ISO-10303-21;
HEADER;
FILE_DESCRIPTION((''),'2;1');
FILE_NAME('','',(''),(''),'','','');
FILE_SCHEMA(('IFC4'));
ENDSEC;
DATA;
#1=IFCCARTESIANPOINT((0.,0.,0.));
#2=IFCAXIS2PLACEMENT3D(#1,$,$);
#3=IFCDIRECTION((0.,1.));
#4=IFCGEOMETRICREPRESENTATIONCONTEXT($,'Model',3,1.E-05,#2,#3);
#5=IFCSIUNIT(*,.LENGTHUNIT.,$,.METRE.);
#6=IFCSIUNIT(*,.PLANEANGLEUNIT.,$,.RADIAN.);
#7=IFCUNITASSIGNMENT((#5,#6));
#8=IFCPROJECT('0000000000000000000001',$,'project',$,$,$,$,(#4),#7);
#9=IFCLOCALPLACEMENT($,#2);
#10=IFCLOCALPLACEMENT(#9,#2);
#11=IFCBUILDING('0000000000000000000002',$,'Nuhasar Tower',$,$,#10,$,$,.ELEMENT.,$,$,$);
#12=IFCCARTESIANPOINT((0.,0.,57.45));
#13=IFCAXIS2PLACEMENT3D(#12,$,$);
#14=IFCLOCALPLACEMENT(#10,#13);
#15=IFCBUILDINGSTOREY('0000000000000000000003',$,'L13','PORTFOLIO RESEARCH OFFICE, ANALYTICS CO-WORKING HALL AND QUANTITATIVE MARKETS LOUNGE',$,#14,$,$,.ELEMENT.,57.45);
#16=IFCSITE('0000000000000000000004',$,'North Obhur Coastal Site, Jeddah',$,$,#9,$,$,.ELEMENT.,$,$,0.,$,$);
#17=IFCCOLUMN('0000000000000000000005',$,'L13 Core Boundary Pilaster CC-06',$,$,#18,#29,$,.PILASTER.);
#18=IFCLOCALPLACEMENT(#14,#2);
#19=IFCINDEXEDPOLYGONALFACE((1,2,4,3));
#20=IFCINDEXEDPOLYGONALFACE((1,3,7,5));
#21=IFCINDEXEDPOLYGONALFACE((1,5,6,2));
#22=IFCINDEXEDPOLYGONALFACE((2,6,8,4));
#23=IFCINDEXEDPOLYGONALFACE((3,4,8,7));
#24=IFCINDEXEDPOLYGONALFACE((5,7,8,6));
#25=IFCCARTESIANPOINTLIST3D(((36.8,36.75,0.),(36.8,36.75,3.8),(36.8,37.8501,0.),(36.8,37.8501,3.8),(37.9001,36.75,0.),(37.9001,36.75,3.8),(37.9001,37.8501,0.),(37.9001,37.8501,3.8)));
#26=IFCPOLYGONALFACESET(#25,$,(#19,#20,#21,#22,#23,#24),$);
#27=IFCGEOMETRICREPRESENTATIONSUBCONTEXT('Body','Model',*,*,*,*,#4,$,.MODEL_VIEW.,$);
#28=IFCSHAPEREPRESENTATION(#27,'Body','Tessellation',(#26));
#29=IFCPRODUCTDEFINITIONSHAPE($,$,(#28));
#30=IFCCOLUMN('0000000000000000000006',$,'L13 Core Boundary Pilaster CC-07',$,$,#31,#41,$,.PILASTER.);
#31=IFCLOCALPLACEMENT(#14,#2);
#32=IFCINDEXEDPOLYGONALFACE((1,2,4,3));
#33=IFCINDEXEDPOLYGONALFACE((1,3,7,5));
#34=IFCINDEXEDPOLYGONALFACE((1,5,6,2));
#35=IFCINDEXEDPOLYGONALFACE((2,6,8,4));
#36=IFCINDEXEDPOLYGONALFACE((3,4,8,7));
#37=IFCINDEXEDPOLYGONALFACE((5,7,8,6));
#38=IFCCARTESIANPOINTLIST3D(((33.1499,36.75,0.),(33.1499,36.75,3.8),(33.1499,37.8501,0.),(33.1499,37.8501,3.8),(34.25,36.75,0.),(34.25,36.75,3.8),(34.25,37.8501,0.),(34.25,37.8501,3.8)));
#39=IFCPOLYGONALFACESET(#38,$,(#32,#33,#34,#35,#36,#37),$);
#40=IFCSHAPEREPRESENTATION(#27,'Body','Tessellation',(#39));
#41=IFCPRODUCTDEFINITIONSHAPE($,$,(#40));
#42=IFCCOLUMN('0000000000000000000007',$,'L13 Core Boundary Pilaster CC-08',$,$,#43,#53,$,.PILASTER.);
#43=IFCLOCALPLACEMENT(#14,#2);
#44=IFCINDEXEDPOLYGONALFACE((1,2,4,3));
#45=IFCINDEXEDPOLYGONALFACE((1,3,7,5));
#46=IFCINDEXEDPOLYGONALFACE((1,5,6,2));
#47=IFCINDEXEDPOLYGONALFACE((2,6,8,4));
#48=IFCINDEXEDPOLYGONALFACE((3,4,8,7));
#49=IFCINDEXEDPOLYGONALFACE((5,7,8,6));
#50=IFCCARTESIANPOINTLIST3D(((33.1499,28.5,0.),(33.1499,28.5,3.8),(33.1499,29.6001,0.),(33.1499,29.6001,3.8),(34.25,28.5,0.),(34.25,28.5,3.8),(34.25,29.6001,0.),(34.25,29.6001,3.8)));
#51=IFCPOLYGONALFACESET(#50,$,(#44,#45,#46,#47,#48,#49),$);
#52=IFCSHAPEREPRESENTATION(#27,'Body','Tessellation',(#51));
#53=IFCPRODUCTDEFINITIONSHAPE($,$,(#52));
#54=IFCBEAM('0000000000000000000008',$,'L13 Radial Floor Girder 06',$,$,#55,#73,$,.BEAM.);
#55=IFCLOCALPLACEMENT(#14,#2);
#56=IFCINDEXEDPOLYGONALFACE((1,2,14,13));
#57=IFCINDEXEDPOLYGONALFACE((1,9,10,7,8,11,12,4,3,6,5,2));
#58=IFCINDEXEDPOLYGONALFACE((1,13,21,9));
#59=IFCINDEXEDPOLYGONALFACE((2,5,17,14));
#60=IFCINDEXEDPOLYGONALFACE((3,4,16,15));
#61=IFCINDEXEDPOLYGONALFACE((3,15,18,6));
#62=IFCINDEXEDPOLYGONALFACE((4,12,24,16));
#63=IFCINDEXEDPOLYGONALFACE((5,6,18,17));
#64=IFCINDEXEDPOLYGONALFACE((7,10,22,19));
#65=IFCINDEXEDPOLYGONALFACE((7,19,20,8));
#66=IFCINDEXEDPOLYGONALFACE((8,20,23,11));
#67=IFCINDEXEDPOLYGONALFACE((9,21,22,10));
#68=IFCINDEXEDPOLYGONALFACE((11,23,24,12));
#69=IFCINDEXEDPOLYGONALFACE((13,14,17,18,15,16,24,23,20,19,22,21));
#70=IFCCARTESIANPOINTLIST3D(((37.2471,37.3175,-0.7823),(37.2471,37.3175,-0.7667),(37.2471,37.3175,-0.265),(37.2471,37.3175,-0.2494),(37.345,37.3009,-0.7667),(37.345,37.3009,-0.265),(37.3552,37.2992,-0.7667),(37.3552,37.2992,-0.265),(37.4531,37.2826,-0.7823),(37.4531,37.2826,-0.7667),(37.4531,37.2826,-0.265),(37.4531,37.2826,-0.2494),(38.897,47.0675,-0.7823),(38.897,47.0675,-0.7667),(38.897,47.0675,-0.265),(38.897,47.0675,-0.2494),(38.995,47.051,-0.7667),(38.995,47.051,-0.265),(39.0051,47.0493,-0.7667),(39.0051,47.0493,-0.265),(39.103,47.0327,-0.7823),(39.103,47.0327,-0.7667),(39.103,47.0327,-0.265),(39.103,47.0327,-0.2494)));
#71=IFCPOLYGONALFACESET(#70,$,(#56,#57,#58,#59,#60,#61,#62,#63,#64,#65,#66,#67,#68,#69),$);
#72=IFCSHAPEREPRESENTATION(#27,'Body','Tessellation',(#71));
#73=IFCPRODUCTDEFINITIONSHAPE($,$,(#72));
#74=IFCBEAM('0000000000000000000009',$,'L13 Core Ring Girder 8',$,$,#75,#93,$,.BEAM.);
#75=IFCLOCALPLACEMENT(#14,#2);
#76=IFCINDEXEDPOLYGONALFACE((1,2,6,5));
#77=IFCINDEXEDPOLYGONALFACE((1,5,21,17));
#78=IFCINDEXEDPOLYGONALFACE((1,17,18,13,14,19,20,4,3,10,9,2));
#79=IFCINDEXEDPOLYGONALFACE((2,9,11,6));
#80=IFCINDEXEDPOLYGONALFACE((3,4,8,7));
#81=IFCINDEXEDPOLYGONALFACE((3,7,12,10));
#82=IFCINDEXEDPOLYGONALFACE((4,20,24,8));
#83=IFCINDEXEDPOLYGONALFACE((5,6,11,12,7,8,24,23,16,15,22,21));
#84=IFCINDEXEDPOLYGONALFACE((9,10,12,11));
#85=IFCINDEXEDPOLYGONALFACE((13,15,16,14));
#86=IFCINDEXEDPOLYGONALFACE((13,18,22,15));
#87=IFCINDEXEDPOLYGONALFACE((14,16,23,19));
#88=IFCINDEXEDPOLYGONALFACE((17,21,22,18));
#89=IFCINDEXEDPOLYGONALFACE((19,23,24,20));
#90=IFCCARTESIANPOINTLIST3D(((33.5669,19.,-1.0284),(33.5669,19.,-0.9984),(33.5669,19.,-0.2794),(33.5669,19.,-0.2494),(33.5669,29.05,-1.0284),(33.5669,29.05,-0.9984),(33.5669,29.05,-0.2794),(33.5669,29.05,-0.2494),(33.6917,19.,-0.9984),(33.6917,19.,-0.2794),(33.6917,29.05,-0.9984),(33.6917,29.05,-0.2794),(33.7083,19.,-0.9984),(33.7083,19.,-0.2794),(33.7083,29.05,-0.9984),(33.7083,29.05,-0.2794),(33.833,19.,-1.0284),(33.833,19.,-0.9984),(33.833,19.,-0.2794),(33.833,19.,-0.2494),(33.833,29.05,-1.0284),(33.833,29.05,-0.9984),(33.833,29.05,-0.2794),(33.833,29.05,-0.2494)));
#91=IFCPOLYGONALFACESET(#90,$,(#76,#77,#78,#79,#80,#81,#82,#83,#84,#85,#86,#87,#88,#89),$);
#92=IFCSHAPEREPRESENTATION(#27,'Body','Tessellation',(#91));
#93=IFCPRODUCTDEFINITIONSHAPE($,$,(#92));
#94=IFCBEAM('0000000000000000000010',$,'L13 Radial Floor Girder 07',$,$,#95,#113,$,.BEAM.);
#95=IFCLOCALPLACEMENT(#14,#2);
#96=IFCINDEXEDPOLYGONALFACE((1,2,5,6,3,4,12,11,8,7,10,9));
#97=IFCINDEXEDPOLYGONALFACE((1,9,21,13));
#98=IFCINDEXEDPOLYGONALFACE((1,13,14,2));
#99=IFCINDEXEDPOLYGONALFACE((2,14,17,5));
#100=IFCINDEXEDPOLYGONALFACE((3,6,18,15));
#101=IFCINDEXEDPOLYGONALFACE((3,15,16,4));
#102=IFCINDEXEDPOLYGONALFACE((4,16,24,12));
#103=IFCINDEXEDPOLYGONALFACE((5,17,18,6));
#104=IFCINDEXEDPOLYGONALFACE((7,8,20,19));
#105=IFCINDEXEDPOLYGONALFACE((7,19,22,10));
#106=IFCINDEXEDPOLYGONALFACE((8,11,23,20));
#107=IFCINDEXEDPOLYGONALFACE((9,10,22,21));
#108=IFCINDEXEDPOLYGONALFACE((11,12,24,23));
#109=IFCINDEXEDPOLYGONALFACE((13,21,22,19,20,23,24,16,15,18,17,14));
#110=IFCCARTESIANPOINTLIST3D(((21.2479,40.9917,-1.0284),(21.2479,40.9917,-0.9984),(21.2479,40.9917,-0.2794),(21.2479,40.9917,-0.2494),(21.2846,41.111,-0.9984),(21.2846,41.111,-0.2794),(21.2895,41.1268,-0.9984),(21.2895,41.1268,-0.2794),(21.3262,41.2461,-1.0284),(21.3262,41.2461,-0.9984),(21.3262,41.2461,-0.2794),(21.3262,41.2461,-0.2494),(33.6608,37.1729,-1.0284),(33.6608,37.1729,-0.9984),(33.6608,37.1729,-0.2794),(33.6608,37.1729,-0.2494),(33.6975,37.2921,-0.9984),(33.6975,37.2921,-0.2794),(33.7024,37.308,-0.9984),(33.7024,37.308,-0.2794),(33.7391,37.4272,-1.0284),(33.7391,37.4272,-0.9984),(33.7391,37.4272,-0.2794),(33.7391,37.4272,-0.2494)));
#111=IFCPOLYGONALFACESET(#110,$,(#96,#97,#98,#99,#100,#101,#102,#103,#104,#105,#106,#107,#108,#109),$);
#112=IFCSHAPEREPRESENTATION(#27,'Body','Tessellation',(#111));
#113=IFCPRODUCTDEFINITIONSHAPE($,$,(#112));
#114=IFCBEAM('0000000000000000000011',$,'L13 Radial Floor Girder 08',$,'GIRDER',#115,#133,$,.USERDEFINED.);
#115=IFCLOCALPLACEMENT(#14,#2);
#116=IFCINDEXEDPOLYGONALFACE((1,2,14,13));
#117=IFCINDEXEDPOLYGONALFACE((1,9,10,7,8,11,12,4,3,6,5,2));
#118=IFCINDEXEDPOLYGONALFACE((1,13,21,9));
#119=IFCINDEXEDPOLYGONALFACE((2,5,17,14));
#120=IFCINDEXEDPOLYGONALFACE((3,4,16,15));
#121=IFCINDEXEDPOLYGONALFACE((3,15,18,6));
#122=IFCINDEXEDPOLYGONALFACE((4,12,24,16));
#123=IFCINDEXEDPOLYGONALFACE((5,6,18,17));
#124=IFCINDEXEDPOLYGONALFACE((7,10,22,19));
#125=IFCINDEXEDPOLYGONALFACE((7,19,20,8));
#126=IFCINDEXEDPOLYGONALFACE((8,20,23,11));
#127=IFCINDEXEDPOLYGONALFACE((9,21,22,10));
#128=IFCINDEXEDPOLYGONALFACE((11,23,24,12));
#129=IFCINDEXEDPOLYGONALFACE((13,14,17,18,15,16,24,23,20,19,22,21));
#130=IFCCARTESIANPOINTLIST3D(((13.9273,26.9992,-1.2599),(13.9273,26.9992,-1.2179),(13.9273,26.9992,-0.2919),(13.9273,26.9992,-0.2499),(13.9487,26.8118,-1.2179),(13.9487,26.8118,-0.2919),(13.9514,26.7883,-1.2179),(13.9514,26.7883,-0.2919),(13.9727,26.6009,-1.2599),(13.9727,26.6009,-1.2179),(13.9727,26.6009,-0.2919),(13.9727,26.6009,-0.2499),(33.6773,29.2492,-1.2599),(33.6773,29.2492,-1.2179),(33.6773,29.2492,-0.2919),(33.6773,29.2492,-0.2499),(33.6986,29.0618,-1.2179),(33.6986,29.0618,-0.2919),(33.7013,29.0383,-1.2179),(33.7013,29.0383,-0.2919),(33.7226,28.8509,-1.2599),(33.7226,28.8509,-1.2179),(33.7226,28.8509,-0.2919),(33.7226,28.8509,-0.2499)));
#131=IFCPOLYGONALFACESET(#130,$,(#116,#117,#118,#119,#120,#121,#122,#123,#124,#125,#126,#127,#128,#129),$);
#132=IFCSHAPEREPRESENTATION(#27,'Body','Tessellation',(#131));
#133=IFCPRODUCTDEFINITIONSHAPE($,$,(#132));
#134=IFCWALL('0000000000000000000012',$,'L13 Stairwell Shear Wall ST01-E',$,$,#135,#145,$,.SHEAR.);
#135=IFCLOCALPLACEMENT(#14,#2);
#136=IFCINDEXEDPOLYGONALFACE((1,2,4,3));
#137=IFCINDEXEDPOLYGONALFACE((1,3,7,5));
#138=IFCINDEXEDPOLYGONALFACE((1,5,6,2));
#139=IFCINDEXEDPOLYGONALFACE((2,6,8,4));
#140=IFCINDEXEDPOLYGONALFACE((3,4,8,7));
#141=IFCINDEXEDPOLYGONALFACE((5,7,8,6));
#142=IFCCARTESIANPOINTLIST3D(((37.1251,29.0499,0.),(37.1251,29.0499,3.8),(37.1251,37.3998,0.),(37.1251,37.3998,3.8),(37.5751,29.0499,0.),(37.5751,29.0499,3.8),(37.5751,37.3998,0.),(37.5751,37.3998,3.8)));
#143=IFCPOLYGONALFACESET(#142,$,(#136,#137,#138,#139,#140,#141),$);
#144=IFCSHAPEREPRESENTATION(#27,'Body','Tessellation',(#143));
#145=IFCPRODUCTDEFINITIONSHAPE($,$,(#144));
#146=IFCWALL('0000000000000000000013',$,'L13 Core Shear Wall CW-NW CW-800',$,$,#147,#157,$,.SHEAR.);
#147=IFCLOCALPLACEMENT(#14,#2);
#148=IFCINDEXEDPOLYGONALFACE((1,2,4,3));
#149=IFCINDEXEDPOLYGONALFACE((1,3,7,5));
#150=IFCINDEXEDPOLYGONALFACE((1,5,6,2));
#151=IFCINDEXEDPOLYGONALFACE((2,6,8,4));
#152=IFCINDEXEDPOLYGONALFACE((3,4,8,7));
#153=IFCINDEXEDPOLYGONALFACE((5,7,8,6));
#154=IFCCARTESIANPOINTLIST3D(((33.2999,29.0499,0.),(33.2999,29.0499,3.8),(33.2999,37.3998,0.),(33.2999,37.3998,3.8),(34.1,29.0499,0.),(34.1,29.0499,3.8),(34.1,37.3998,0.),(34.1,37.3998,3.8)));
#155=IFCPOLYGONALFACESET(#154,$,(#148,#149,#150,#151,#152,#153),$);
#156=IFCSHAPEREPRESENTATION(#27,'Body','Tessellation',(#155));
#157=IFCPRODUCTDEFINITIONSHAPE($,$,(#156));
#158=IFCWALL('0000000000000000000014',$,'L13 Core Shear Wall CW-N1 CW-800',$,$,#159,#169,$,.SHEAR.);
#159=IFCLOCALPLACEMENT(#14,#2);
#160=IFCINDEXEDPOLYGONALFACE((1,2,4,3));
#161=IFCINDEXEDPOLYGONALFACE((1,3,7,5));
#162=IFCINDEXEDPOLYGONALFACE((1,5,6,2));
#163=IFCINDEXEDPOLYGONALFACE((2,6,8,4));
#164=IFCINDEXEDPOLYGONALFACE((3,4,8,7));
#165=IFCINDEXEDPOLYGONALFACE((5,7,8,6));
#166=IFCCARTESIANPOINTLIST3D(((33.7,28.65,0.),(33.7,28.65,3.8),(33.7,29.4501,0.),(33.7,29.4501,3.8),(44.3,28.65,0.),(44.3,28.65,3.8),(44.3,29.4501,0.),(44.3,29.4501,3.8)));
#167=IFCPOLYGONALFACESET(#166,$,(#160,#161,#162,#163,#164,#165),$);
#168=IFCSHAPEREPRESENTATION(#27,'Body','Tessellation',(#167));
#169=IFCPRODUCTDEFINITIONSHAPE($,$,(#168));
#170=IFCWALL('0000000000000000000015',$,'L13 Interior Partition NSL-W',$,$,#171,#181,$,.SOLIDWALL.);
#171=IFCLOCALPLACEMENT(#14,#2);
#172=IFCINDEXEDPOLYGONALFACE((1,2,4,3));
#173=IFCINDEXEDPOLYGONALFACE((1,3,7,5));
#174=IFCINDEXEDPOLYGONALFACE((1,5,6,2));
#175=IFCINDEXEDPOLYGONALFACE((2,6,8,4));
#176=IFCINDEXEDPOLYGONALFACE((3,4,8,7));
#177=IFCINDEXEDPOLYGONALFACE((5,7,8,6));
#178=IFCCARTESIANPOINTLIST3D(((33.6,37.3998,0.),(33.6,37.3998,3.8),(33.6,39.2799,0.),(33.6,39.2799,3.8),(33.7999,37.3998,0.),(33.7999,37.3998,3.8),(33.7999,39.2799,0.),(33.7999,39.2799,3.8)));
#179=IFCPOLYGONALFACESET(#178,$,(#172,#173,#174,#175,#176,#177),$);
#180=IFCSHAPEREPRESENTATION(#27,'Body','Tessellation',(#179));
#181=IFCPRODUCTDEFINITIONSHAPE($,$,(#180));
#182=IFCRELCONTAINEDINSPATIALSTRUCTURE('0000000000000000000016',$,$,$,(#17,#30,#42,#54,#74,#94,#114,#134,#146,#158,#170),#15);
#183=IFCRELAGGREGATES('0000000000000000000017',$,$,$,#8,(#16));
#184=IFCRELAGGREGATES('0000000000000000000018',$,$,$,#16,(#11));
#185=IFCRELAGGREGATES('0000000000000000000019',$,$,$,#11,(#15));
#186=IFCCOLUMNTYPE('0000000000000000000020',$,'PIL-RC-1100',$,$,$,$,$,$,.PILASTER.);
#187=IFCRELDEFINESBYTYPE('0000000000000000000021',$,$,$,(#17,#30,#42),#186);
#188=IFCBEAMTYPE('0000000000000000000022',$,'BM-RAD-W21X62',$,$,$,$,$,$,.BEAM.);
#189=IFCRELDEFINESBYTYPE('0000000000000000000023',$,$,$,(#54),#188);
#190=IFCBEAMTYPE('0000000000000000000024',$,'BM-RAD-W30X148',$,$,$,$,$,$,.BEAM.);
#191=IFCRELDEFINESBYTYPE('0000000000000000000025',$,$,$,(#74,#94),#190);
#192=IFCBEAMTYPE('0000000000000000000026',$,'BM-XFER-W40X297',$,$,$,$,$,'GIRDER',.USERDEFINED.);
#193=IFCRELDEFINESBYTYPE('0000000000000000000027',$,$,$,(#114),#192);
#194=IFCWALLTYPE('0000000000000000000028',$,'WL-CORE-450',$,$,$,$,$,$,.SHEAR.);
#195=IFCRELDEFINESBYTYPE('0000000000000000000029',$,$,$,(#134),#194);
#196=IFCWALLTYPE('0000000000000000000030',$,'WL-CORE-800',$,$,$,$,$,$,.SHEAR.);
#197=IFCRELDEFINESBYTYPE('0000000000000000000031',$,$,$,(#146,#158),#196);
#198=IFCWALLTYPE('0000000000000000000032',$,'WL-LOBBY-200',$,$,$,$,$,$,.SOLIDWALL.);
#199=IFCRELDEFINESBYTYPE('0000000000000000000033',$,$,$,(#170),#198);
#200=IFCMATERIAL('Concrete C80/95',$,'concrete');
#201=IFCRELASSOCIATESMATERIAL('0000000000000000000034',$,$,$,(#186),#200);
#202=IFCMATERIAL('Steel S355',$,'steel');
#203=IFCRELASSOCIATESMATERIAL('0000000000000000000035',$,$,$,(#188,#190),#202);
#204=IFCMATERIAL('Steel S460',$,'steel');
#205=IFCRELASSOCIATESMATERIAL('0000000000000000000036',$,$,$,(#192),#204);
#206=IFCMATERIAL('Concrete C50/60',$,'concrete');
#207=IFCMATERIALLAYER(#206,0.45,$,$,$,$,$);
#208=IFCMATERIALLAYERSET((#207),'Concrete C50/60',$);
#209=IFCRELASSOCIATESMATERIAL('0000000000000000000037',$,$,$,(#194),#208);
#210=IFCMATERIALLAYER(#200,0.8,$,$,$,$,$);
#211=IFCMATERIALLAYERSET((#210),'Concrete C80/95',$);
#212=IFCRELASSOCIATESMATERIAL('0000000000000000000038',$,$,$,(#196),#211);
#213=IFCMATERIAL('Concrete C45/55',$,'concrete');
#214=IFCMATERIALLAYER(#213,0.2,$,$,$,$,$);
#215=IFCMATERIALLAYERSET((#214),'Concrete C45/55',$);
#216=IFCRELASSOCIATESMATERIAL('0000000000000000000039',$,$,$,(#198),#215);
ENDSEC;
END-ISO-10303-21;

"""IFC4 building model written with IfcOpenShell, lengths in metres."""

from ifc_helpers import new_model, si_unit, direction, frame, frame_2d, origin, origin_2d, place, context, subcontext, project, spatial, rectangle, i_section, extrude, material, layer, layer_set, material_profile, profile_set, type_object, element, save


model = new_model("IFC4")

# Units and contexts
model_context = context("Model", 3, precision=1e-05, world=origin(), true_north=direction((0.0, 1.0)))
body_context = subcontext(model_context, "Body", "Model", "MODEL_VIEW")
ifc_project = project(units=[si_unit("LENGTHUNIT", "METRE"), si_unit("PLANEANGLEUNIT", "RADIAN")], contexts=[model_context])

# Site, building, storey
site_placement = place(None, origin())
site = spatial("IfcSite", under=ifc_project, at=site_placement, Name="North Obhur Coastal Site, Jeddah", CompositionType="ELEMENT", RefElevation=0.0)
building_placement = place(site_placement, origin())
building = spatial("IfcBuilding", under=site, at=building_placement, Name="Nuhasar Tower", CompositionType="ELEMENT")
storey_placement = place(building_placement, frame((0.0, 0.0, 57.45)))
storey = spatial("IfcBuildingStorey", under=building, at=storey_placement, Name="L13", Description="PORTFOLIO RESEARCH OFFICE, ANALYTICS CO-WORKING HALL AND QUANTITATIVE MARKETS LOUNGE", CompositionType="ELEMENT", Elevation=57.45)

# Columns
ifc_material_1 = material(Name="Concrete C80/95", Category="concrete")
ifc_material_profile_1 = material_profile(ifc_material_1, rectangle(XDim=1.1001, YDim=1.1001, at=origin_2d()), Name="RC1100X1100")
ifc_profile_set_1 = profile_set([ifc_material_profile_1], Name="Concrete C80/95")
column_type = type_object("IfcColumnType", Name="PIL-RC-1100", PredefinedType="PILASTER", material=ifc_profile_set_1)
for number, where, z_axis, x_axis, name in (
    (1, (37.3501, 37.3, 0.0), (0.0, 0.0, 1.0), (1.0, 0.0, 0.0), "L13 Core Boundary Pilaster CC-06"),
    (2, (33.7, 37.3, 0.0), (0.0, 0.0, 1.0), (1.0, 0.0, 0.0), "L13 Core Boundary Pilaster CC-07"),
    (3, (33.7, 29.05, 0.0), (0.0, 0.0, 1.0), (1.0, 0.0, 0.0), "L13 Core Boundary Pilaster CC-08"),
):
    element("IfcColumn", number, at=place(storey_placement, frame(where, z_axis=z_axis, x_axis=x_axis)), inside=storey, type_object=column_type, Name=name, PredefinedType="PILASTER", context=body_context, shape_type="SweptSolid", body=[
        extrude(rectangle(XDim=1.1001, YDim=1.1001, at=origin_2d()), origin(), (0.0, 0.0, 1.0), 3.8),
    ])

# Beams
ifc_material_2 = material(Name="Steel S355", Category="steel")
ifc_material_profile_2 = material_profile(ifc_material_2, i_section(OverallWidth=0.209, OverallDepth=0.533, WebThickness=0.0103, FlangeThickness=0.0156, at=origin_2d()), Name="W21X62")
ifc_profile_set_2 = profile_set([ifc_material_profile_2], Name="Steel S355")
beam_type_1 = type_object("IfcBeamType", Name="BM-RAD-W21X62", PredefinedType="BEAM", material=ifc_profile_set_2)
beam_1_placement = place(storey_placement, frame((37.3501, 37.3, -0.5159), z_axis=(0.166849, 0.985983, 0.0), x_axis=(-0.985983, 0.166849, 0.0)))
element("IfcBeam", 4, at=beam_1_placement, inside=storey, type_object=beam_type_1, Name="L13 Radial Floor Girder 06", PredefinedType="BEAM", context=body_context, shape_type="SweptSolid", body=[
    extrude(i_section(OverallWidth=0.209, OverallDepth=0.533, WebThickness=0.0103, FlangeThickness=0.0156, at=origin_2d()), origin(), (0.0, 0.0, 1.0), 9.8887),
])
ifc_material_profile_3 = material_profile(ifc_material_2, i_section(OverallWidth=0.2661, OverallDepth=0.7791, WebThickness=0.0166, FlangeThickness=0.03, at=origin_2d()), Name="W30X148")
ifc_profile_set_3 = profile_set([ifc_material_profile_3], Name="Steel S355")
beam_type_2 = type_object("IfcBeamType", Name="BM-RAD-W30X148", PredefinedType="BEAM", material=ifc_profile_set_3)
beam_2_placement = place(storey_placement, frame((33.7, 29.05, -0.6389), z_axis=(0.0, -1.0, 0.0), x_axis=(1.0, 0.0, 0.0)))
element("IfcBeam", 5, at=beam_2_placement, inside=storey, type_object=beam_type_2, Name="L13 Core Ring Girder 8", PredefinedType="BEAM", context=body_context, shape_type="SweptSolid", body=[
    extrude(i_section(OverallWidth=0.2661, OverallDepth=0.7791, WebThickness=0.0166, FlangeThickness=0.03, at=origin_2d()), origin(), (0.0, 0.0, 1.0), 10.05),
])
beam_3_placement = place(storey_placement, frame((33.7, 37.3, -0.6389), z_axis=(-0.95579, 0.294052, 0.0), x_axis=(-0.294052, -0.95579, 0.0)))
element("IfcBeam", 6, at=beam_3_placement, inside=storey, type_object=beam_type_2, Name="L13 Radial Floor Girder 07", PredefinedType="BEAM", context=body_context, shape_type="SweptSolid", body=[
    extrude(i_section(OverallWidth=0.2661, OverallDepth=0.7791, WebThickness=0.0166, FlangeThickness=0.03, at=origin_2d()), origin(), (0.0, 0.0, 1.0), 12.9871),
])
ifc_material_3 = material(Name="Steel S460", Category="steel")
ifc_material_profile_4 = material_profile(ifc_material_3, i_section(OverallWidth=0.4009, OverallDepth=1.01, WebThickness=0.0237, FlangeThickness=0.042, at=origin_2d()), Name="W40X297")
ifc_profile_set_4 = profile_set([ifc_material_profile_4], Name="Steel S460")
beam_type_3 = type_object("IfcBeamType", Name="BM-XFER-W40X297", ElementType="GIRDER", PredefinedType="USERDEFINED", material=ifc_profile_set_4)
beam_4_placement = place(storey_placement, frame((33.7, 29.05, -0.7549), z_axis=(-0.993573, -0.113192, 0.0), x_axis=(0.113192, -0.993573, 0.0)))
element("IfcBeam", 7, at=beam_4_placement, inside=storey, type_object=beam_type_3, Name="L13 Radial Floor Girder 08", ObjectType="GIRDER", PredefinedType="USERDEFINED", context=body_context, shape_type="SweptSolid", body=[
    extrude(i_section(OverallWidth=0.4009, OverallDepth=1.01, WebThickness=0.0237, FlangeThickness=0.042, at=origin_2d()), origin(), (0.0, 0.0, 1.0), 19.8777),
])

# Shared definitions
ifc_material_4 = material(Name="Concrete C50/60", Category="concrete")
ifc_layer_1 = layer(ifc_material_4, 0.45)
ifc_layer_set_1 = layer_set([ifc_layer_1], Name="Concrete C50/60")
wall_type_1 = type_object("IfcWallType", Name="WL-CORE-450", PredefinedType="SHEAR", material=ifc_layer_set_1)

# Walls
wall_1_placement = place(storey_placement, frame((37.3501, 29.05, 0.0), z_axis=(0.0, 0.0, 1.0), x_axis=(0.0, 1.0, 0.0)))
element("IfcWall", 8, at=wall_1_placement, inside=storey, type_object=wall_type_1, Name="L13 Stairwell Shear Wall ST01-E", PredefinedType="SHEAR", context=body_context, shape_type="SweptSolid", body=[
    extrude(rectangle(XDim=8.3499, YDim=0.45, at=frame_2d((4.1748, 0.0))), origin(), (0.0, 0.0, 1.0), 3.8),
])
ifc_layer_2 = layer(ifc_material_1, 0.8)
ifc_layer_set_2 = layer_set([ifc_layer_2], Name="Concrete C80/95")
wall_type_2 = type_object("IfcWallType", Name="WL-CORE-800", PredefinedType="SHEAR", material=ifc_layer_set_2)
wall_2_placement = place(storey_placement, frame((33.7, 29.05, 0.0), z_axis=(0.0, 0.0, 1.0), x_axis=(0.0, 1.0, 0.0)))
element("IfcWall", 9, at=wall_2_placement, inside=storey, type_object=wall_type_2, Name="L13 Core Shear Wall CW-NW CW-800", PredefinedType="SHEAR", context=body_context, shape_type="SweptSolid", body=[
    extrude(rectangle(XDim=8.3499, YDim=0.8, at=frame_2d((4.1748, 0.0))), origin(), (0.0, 0.0, 1.0), 3.8),
])
wall_3_placement = place(storey_placement, frame((33.7, 29.05, 0.0), z_axis=(0.0, 0.0, 1.0), x_axis=(1.0, 0.0, 0.0)))
element("IfcWall", 10, at=wall_3_placement, inside=storey, type_object=wall_type_2, Name="L13 Core Shear Wall CW-N1 CW-800", PredefinedType="SHEAR", context=body_context, shape_type="SweptSolid", body=[
    extrude(rectangle(XDim=10.6001, YDim=0.8, at=frame_2d((5.3, 0.0))), origin(), (0.0, 0.0, 1.0), 3.8),
])
ifc_material_5 = material(Name="Concrete C45/55", Category="concrete")
ifc_layer_3 = layer(ifc_material_5, 0.2)
ifc_layer_set_3 = layer_set([ifc_layer_3], Name="Concrete C45/55")
wall_type_3 = type_object("IfcWallType", Name="WL-LOBBY-200", PredefinedType="SOLIDWALL", material=ifc_layer_set_3)
wall_4_placement = place(storey_placement, frame((33.7, 37.3999, 0.0), z_axis=(0.0, 0.0, 1.0), x_axis=(0.0, 1.0, 0.0)))
element("IfcWall", 11, at=wall_4_placement, inside=storey, type_object=wall_type_3, Name="L13 Interior Partition NSL-W", PredefinedType="SOLIDWALL", context=body_context, shape_type="SweptSolid", body=[
    extrude(rectangle(XDim=1.8801, YDim=0.2, at=frame_2d((0.9399, 0.0))), origin(), (0.0, 0.0, 1.0), 3.8),
])

save(model, "model.ifc")
